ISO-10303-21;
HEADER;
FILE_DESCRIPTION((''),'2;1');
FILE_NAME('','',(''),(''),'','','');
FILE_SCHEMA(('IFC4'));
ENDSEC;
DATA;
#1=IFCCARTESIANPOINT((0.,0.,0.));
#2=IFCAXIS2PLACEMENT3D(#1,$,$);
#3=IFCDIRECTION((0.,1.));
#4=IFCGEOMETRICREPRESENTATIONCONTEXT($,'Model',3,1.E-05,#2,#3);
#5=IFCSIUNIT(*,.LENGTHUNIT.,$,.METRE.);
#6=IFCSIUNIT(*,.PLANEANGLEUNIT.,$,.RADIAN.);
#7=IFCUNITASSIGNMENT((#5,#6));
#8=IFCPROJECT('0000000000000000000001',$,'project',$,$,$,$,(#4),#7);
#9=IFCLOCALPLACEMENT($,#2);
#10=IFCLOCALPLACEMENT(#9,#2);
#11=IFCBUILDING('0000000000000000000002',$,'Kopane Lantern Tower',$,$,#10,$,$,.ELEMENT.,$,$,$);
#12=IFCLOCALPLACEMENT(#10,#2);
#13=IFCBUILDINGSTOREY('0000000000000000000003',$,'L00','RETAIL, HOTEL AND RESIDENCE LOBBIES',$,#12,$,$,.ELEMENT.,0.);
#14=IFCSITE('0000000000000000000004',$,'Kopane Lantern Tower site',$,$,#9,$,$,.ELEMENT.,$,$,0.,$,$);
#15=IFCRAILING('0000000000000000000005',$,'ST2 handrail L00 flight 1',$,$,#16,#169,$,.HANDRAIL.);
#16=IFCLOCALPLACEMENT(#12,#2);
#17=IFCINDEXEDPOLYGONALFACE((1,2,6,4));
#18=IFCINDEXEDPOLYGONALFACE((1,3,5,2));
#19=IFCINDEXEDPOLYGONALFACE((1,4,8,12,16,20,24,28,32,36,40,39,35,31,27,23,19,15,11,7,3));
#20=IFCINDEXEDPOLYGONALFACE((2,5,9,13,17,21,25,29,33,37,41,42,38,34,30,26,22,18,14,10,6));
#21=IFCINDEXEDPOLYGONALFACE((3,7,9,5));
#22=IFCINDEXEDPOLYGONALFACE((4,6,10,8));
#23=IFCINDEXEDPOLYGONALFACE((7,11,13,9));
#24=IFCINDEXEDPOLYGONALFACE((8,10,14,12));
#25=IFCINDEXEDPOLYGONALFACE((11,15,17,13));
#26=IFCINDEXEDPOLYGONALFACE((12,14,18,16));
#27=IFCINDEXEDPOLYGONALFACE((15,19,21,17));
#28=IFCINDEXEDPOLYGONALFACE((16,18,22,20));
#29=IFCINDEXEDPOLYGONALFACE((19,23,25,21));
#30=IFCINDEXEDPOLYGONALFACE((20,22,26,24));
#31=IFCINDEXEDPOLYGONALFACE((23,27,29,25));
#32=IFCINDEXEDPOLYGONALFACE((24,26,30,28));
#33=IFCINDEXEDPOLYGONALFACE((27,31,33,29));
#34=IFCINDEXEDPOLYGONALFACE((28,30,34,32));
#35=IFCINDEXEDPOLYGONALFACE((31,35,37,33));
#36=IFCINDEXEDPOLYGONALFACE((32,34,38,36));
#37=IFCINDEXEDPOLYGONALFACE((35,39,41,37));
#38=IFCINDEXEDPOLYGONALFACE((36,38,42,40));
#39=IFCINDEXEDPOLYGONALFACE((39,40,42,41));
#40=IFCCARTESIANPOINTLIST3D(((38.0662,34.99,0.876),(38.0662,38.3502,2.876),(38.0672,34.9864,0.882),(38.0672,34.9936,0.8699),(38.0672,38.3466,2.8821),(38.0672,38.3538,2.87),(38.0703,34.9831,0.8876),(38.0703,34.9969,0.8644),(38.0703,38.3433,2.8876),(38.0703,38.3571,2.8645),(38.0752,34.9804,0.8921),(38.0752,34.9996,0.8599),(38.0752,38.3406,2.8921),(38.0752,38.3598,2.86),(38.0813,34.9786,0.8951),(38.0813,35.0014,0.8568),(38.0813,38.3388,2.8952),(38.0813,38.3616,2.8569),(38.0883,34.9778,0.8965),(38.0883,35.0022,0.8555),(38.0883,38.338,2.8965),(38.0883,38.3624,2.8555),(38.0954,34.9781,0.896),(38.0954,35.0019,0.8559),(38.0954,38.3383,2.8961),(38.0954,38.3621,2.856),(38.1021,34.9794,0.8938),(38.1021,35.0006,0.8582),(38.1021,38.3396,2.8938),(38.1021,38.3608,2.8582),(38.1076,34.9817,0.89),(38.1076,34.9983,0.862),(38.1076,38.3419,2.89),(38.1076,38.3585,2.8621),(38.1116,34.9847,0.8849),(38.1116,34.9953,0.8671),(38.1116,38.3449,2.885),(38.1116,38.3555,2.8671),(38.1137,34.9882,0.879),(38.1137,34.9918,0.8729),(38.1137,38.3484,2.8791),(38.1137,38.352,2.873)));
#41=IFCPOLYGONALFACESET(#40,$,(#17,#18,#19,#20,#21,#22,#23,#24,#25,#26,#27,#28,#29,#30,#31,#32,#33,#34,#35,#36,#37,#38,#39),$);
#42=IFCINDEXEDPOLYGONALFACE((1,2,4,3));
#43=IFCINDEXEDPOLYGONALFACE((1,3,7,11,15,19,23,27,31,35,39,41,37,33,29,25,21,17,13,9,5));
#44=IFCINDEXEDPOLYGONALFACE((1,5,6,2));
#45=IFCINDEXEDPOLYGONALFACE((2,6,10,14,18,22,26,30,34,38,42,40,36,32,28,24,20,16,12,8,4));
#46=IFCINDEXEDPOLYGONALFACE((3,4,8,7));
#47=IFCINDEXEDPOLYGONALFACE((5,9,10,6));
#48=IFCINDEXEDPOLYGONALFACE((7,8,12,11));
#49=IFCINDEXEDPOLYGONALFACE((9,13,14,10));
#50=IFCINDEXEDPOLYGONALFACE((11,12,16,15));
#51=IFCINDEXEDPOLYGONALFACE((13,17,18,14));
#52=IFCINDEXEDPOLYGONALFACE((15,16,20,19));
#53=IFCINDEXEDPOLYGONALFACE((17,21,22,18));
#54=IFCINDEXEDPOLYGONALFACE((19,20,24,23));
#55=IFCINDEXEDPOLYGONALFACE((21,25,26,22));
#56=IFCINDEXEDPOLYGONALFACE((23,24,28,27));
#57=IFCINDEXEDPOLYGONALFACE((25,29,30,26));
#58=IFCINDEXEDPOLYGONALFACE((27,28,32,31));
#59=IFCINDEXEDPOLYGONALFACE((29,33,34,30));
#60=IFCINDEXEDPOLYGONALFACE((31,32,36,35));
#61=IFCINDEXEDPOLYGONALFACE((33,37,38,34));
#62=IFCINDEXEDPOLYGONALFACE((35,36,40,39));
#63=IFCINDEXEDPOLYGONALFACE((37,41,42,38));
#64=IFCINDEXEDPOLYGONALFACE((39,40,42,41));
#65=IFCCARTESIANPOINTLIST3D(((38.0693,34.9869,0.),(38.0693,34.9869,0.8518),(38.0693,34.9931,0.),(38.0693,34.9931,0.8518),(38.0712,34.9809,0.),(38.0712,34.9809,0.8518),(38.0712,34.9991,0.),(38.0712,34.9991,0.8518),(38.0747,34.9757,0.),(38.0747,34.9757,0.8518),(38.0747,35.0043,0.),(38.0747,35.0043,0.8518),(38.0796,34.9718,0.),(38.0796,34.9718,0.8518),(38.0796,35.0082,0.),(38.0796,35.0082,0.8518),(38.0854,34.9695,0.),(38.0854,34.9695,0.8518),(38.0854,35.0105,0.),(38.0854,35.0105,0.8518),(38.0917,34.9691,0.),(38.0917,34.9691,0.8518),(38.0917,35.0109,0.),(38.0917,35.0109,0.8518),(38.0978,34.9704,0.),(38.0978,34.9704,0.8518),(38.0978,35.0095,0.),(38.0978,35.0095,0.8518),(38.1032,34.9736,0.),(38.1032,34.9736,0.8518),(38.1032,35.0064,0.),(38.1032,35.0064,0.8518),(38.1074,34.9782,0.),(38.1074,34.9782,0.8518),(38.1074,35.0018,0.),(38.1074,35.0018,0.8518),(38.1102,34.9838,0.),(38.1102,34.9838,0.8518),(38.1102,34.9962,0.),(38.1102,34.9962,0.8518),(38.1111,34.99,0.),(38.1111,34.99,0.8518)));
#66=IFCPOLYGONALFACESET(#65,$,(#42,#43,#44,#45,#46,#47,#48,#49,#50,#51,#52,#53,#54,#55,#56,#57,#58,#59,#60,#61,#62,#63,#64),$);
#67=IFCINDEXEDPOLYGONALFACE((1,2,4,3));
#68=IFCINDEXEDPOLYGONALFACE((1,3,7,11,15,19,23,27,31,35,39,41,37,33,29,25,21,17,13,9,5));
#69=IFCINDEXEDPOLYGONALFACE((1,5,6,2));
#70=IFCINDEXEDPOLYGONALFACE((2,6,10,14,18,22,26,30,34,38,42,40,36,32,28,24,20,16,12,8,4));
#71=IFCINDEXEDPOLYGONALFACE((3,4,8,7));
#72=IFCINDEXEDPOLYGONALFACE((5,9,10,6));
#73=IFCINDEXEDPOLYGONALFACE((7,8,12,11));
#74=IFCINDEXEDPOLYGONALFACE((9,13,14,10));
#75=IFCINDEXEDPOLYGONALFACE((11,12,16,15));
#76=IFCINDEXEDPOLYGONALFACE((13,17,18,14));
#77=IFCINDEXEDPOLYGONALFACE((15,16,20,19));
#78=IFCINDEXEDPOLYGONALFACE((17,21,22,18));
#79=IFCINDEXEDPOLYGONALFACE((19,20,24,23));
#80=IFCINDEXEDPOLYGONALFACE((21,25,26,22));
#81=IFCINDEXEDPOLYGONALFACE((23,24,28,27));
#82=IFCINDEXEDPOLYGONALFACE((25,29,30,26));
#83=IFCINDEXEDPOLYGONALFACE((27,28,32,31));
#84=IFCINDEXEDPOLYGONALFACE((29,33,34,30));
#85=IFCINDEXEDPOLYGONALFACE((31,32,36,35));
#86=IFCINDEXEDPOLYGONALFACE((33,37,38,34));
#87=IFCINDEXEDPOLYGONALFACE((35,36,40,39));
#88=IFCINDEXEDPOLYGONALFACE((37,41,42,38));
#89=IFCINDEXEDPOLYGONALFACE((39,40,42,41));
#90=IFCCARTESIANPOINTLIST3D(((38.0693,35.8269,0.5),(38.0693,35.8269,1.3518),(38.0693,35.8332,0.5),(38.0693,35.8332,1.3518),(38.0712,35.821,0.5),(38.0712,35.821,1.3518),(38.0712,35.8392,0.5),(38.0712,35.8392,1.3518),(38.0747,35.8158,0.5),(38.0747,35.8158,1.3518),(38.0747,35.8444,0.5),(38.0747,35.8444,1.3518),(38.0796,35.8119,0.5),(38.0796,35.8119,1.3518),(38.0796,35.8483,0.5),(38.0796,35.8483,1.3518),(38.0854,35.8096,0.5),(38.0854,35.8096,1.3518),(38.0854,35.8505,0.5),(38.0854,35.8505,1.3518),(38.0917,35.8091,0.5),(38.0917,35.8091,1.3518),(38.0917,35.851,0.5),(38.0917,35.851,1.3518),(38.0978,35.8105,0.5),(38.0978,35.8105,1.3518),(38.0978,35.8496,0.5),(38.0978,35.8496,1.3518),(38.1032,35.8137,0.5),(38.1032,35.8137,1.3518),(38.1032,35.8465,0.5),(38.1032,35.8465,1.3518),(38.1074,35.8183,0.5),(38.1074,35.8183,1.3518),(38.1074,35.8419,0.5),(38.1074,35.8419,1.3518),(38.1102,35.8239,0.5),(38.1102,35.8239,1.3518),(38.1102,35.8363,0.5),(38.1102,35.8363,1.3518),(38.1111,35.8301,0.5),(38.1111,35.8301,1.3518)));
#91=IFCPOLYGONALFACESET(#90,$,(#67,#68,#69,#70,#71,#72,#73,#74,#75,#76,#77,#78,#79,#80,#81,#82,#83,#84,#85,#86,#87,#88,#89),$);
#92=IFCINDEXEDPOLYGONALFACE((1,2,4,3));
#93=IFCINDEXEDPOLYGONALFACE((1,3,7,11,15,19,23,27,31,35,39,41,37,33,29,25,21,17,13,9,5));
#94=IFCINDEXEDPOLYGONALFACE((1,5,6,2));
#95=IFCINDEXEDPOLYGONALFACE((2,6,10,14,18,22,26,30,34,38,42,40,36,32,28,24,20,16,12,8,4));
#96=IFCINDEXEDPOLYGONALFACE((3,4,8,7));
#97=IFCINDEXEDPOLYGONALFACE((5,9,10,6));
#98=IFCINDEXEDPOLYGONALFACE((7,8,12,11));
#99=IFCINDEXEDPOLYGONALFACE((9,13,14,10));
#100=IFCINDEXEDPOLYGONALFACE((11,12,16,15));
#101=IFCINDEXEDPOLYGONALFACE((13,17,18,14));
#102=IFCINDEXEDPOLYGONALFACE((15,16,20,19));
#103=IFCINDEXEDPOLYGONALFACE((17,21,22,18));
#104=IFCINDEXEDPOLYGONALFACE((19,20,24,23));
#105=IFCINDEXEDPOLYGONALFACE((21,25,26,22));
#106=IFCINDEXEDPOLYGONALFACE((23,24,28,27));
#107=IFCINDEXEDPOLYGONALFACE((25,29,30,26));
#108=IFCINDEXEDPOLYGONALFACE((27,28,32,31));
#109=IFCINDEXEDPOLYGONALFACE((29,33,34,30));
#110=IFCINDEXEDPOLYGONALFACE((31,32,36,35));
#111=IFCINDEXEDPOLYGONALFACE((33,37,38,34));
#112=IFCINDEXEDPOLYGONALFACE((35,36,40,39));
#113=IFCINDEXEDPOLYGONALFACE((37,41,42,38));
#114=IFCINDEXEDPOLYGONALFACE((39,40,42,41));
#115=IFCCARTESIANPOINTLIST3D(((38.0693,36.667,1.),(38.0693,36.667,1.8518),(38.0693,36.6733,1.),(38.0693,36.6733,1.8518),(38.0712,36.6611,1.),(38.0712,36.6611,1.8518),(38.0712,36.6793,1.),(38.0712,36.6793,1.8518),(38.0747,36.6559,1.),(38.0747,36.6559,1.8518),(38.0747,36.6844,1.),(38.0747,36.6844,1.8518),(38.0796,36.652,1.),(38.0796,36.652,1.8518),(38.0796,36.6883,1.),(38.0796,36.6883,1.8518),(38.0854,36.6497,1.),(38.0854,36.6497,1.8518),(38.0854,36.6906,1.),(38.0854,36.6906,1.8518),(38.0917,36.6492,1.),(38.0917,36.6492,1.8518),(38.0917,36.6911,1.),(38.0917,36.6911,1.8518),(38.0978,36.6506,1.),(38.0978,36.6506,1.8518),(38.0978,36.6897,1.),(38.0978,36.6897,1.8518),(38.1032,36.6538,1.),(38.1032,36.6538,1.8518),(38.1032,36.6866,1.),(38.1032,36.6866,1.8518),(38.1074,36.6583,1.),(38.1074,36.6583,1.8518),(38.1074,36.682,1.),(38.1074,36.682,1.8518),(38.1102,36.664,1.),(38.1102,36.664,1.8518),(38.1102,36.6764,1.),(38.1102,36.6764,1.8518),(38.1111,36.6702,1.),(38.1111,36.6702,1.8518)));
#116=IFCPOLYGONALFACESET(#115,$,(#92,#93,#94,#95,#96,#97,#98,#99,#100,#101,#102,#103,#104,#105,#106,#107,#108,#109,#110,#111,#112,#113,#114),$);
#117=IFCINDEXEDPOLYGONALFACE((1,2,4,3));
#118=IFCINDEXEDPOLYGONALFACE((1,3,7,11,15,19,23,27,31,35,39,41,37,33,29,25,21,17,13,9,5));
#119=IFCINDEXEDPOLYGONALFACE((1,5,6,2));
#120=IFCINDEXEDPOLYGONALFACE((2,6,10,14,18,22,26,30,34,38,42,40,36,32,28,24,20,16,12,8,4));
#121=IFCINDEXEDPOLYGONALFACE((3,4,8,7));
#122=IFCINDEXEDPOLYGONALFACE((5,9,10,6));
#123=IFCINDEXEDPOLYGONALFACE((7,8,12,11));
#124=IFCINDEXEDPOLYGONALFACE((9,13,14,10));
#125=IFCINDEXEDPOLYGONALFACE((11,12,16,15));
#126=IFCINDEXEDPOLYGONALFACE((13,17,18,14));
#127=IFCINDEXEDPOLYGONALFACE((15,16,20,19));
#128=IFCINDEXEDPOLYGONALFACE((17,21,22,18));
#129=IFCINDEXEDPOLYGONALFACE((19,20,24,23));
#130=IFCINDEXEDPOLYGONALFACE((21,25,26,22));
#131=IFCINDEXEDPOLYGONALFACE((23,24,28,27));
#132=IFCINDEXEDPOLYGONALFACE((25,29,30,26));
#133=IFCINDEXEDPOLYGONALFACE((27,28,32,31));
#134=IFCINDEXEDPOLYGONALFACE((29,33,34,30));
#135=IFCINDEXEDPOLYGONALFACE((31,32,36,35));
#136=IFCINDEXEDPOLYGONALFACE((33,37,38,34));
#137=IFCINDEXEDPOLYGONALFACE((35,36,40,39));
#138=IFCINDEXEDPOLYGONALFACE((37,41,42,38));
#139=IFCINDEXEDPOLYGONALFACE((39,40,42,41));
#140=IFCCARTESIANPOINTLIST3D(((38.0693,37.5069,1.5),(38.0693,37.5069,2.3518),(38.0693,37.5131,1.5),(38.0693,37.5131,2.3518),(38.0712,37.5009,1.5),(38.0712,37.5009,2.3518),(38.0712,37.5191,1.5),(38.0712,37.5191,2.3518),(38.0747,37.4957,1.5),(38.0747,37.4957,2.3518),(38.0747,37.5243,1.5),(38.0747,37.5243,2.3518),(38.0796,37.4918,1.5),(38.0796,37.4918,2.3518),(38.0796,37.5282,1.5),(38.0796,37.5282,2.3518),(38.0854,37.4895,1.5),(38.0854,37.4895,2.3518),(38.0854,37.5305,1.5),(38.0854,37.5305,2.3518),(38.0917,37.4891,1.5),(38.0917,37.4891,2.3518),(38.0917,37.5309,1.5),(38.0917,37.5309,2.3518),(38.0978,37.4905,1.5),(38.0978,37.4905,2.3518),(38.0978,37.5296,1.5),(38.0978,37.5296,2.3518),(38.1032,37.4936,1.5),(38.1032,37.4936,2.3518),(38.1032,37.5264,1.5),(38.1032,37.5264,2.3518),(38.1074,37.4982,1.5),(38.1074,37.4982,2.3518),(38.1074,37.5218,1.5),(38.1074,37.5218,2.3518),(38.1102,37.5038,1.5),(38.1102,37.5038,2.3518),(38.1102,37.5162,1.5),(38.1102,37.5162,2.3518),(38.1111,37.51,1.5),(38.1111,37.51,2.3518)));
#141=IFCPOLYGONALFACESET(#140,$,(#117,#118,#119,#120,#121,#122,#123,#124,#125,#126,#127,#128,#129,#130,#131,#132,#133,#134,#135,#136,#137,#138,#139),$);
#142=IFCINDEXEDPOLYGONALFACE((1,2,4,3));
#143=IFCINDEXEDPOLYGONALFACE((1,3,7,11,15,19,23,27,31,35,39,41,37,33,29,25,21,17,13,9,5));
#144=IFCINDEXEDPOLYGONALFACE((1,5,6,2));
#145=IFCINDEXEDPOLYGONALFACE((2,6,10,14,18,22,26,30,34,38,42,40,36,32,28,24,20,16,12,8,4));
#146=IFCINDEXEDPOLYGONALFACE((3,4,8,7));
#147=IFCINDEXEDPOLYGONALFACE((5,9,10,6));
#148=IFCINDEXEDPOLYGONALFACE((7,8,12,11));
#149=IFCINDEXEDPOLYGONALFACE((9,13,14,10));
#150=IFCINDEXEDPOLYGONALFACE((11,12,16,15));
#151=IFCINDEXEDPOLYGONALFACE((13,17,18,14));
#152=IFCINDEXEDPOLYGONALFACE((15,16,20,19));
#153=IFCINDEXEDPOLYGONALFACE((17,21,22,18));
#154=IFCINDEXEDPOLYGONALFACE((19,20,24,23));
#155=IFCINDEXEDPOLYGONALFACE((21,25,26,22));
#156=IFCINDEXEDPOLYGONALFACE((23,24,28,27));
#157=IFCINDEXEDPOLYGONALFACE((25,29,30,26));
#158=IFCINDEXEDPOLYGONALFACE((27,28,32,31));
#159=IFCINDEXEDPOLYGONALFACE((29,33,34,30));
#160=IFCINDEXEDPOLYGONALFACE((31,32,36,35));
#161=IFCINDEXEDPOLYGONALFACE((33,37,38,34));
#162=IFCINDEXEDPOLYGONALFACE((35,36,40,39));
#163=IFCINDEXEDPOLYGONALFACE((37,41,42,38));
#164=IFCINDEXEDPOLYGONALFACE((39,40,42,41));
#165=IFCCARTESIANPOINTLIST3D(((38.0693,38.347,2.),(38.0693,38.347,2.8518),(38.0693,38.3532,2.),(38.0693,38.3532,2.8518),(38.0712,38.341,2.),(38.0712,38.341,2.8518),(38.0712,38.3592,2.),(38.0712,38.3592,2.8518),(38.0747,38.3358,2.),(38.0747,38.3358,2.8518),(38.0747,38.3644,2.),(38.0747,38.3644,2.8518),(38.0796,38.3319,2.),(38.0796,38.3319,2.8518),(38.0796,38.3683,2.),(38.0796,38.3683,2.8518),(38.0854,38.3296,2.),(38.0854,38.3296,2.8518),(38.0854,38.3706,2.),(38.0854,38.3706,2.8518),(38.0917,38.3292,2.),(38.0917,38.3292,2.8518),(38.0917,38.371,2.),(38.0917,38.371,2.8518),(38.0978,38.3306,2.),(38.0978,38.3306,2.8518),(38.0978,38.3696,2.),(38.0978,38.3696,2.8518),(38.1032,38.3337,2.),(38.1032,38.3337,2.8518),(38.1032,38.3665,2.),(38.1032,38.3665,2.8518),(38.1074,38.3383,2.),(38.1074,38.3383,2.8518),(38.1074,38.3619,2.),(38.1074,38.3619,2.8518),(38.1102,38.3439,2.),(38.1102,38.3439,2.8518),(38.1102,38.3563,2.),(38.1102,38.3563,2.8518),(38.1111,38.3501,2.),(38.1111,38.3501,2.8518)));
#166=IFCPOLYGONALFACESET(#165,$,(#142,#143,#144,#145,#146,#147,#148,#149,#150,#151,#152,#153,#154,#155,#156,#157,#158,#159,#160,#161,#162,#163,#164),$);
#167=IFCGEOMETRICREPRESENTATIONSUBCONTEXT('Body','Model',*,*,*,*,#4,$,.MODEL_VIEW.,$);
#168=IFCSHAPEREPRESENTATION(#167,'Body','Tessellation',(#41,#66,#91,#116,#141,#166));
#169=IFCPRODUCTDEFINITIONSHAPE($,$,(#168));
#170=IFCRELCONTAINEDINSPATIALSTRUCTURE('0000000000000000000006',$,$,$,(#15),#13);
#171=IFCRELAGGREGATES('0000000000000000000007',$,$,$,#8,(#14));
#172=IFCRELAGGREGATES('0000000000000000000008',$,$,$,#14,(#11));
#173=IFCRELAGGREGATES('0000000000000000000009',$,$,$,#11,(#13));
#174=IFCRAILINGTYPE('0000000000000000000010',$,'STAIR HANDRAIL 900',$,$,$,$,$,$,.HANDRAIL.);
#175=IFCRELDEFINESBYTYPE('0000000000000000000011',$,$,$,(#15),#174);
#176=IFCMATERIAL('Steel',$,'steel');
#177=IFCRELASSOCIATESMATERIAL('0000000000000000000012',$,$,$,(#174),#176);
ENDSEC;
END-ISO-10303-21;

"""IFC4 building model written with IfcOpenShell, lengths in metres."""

from ifc_helpers import new_model, si_unit, direction, frame, origin, origin_2d, place, context, subcontext, project, spatial, circle, extrude, material, type_object, element, save


model = new_model("IFC4")

# Units and contexts
model_context = context("Model", 3, precision=1e-05, world=origin(), true_north=direction((0.0, 1.0)))
body_context = subcontext(model_context, "Body", "Model", "MODEL_VIEW")
ifc_project = project(units=[si_unit("LENGTHUNIT", "METRE"), si_unit("PLANEANGLEUNIT", "RADIAN")], contexts=[model_context])

# Site, building, storey
site_placement = place(None, origin())
site = spatial("IfcSite", under=ifc_project, at=site_placement, Name="Kopane Lantern Tower site", CompositionType="ELEMENT", RefElevation=0.0)
building_placement = place(site_placement, origin())
building = spatial("IfcBuilding", under=site, at=building_placement, Name="Kopane Lantern Tower", CompositionType="ELEMENT")
storey_placement = place(building_placement, origin())
storey = spatial("IfcBuildingStorey", under=building, at=storey_placement, Name="L00", Description="RETAIL, HOTEL AND RESIDENCE LOBBIES", CompositionType="ELEMENT", Elevation=0.0)

# Railing
ifc_material_1 = material(Name="Steel", Category="steel")
railing_type_1 = type_object("IfcRailingType", Name="STAIR HANDRAIL 900", PredefinedType="HANDRAIL", material=ifc_material_1)
for number, where, name in (
    (1, (38.0901, 34.99, 0.0), "ST2 handrail L00 flight 1"),
):
    element("IfcRailing", number, at=place(storey_placement, frame(where)), inside=storey, type_object=railing_type_1, Name=name, PredefinedType="HANDRAIL", context=body_context, shape_type="SweptSolid", body=[
        extrude(circle(Radius=0.0239, at=origin_2d()), frame((0.0, 0.0, 0.876), z_axis=(0.0, 0.8593, 0.511472), x_axis=(-1.0, 0.0, 0.0)), (0.0, 0.0, 1.0), 3.9104),
        extrude(circle(Radius=0.021, at=origin_2d()), origin(), (0.0, 0.0, 1.0), 0.8518),
        extrude(circle(Radius=0.021, at=origin_2d()), frame((0.0, 0.8401, 0.5)), (0.0, 0.0, 1.0), 0.8518),
        extrude(circle(Radius=0.021, at=origin_2d()), frame((0.0, 1.6802, 1.0)), (0.0, 0.0, 1.0), 0.8518),
        extrude(circle(Radius=0.021, at=origin_2d()), frame((0.0, 2.52, 1.5)), (0.0, 0.0, 1.0), 0.8518),
        extrude(circle(Radius=0.021, at=origin_2d()), frame((0.0, 3.3601, 2.0)), (0.0, 0.0, 1.0), 0.8518),
    ])

save(model, "model.ifc")
